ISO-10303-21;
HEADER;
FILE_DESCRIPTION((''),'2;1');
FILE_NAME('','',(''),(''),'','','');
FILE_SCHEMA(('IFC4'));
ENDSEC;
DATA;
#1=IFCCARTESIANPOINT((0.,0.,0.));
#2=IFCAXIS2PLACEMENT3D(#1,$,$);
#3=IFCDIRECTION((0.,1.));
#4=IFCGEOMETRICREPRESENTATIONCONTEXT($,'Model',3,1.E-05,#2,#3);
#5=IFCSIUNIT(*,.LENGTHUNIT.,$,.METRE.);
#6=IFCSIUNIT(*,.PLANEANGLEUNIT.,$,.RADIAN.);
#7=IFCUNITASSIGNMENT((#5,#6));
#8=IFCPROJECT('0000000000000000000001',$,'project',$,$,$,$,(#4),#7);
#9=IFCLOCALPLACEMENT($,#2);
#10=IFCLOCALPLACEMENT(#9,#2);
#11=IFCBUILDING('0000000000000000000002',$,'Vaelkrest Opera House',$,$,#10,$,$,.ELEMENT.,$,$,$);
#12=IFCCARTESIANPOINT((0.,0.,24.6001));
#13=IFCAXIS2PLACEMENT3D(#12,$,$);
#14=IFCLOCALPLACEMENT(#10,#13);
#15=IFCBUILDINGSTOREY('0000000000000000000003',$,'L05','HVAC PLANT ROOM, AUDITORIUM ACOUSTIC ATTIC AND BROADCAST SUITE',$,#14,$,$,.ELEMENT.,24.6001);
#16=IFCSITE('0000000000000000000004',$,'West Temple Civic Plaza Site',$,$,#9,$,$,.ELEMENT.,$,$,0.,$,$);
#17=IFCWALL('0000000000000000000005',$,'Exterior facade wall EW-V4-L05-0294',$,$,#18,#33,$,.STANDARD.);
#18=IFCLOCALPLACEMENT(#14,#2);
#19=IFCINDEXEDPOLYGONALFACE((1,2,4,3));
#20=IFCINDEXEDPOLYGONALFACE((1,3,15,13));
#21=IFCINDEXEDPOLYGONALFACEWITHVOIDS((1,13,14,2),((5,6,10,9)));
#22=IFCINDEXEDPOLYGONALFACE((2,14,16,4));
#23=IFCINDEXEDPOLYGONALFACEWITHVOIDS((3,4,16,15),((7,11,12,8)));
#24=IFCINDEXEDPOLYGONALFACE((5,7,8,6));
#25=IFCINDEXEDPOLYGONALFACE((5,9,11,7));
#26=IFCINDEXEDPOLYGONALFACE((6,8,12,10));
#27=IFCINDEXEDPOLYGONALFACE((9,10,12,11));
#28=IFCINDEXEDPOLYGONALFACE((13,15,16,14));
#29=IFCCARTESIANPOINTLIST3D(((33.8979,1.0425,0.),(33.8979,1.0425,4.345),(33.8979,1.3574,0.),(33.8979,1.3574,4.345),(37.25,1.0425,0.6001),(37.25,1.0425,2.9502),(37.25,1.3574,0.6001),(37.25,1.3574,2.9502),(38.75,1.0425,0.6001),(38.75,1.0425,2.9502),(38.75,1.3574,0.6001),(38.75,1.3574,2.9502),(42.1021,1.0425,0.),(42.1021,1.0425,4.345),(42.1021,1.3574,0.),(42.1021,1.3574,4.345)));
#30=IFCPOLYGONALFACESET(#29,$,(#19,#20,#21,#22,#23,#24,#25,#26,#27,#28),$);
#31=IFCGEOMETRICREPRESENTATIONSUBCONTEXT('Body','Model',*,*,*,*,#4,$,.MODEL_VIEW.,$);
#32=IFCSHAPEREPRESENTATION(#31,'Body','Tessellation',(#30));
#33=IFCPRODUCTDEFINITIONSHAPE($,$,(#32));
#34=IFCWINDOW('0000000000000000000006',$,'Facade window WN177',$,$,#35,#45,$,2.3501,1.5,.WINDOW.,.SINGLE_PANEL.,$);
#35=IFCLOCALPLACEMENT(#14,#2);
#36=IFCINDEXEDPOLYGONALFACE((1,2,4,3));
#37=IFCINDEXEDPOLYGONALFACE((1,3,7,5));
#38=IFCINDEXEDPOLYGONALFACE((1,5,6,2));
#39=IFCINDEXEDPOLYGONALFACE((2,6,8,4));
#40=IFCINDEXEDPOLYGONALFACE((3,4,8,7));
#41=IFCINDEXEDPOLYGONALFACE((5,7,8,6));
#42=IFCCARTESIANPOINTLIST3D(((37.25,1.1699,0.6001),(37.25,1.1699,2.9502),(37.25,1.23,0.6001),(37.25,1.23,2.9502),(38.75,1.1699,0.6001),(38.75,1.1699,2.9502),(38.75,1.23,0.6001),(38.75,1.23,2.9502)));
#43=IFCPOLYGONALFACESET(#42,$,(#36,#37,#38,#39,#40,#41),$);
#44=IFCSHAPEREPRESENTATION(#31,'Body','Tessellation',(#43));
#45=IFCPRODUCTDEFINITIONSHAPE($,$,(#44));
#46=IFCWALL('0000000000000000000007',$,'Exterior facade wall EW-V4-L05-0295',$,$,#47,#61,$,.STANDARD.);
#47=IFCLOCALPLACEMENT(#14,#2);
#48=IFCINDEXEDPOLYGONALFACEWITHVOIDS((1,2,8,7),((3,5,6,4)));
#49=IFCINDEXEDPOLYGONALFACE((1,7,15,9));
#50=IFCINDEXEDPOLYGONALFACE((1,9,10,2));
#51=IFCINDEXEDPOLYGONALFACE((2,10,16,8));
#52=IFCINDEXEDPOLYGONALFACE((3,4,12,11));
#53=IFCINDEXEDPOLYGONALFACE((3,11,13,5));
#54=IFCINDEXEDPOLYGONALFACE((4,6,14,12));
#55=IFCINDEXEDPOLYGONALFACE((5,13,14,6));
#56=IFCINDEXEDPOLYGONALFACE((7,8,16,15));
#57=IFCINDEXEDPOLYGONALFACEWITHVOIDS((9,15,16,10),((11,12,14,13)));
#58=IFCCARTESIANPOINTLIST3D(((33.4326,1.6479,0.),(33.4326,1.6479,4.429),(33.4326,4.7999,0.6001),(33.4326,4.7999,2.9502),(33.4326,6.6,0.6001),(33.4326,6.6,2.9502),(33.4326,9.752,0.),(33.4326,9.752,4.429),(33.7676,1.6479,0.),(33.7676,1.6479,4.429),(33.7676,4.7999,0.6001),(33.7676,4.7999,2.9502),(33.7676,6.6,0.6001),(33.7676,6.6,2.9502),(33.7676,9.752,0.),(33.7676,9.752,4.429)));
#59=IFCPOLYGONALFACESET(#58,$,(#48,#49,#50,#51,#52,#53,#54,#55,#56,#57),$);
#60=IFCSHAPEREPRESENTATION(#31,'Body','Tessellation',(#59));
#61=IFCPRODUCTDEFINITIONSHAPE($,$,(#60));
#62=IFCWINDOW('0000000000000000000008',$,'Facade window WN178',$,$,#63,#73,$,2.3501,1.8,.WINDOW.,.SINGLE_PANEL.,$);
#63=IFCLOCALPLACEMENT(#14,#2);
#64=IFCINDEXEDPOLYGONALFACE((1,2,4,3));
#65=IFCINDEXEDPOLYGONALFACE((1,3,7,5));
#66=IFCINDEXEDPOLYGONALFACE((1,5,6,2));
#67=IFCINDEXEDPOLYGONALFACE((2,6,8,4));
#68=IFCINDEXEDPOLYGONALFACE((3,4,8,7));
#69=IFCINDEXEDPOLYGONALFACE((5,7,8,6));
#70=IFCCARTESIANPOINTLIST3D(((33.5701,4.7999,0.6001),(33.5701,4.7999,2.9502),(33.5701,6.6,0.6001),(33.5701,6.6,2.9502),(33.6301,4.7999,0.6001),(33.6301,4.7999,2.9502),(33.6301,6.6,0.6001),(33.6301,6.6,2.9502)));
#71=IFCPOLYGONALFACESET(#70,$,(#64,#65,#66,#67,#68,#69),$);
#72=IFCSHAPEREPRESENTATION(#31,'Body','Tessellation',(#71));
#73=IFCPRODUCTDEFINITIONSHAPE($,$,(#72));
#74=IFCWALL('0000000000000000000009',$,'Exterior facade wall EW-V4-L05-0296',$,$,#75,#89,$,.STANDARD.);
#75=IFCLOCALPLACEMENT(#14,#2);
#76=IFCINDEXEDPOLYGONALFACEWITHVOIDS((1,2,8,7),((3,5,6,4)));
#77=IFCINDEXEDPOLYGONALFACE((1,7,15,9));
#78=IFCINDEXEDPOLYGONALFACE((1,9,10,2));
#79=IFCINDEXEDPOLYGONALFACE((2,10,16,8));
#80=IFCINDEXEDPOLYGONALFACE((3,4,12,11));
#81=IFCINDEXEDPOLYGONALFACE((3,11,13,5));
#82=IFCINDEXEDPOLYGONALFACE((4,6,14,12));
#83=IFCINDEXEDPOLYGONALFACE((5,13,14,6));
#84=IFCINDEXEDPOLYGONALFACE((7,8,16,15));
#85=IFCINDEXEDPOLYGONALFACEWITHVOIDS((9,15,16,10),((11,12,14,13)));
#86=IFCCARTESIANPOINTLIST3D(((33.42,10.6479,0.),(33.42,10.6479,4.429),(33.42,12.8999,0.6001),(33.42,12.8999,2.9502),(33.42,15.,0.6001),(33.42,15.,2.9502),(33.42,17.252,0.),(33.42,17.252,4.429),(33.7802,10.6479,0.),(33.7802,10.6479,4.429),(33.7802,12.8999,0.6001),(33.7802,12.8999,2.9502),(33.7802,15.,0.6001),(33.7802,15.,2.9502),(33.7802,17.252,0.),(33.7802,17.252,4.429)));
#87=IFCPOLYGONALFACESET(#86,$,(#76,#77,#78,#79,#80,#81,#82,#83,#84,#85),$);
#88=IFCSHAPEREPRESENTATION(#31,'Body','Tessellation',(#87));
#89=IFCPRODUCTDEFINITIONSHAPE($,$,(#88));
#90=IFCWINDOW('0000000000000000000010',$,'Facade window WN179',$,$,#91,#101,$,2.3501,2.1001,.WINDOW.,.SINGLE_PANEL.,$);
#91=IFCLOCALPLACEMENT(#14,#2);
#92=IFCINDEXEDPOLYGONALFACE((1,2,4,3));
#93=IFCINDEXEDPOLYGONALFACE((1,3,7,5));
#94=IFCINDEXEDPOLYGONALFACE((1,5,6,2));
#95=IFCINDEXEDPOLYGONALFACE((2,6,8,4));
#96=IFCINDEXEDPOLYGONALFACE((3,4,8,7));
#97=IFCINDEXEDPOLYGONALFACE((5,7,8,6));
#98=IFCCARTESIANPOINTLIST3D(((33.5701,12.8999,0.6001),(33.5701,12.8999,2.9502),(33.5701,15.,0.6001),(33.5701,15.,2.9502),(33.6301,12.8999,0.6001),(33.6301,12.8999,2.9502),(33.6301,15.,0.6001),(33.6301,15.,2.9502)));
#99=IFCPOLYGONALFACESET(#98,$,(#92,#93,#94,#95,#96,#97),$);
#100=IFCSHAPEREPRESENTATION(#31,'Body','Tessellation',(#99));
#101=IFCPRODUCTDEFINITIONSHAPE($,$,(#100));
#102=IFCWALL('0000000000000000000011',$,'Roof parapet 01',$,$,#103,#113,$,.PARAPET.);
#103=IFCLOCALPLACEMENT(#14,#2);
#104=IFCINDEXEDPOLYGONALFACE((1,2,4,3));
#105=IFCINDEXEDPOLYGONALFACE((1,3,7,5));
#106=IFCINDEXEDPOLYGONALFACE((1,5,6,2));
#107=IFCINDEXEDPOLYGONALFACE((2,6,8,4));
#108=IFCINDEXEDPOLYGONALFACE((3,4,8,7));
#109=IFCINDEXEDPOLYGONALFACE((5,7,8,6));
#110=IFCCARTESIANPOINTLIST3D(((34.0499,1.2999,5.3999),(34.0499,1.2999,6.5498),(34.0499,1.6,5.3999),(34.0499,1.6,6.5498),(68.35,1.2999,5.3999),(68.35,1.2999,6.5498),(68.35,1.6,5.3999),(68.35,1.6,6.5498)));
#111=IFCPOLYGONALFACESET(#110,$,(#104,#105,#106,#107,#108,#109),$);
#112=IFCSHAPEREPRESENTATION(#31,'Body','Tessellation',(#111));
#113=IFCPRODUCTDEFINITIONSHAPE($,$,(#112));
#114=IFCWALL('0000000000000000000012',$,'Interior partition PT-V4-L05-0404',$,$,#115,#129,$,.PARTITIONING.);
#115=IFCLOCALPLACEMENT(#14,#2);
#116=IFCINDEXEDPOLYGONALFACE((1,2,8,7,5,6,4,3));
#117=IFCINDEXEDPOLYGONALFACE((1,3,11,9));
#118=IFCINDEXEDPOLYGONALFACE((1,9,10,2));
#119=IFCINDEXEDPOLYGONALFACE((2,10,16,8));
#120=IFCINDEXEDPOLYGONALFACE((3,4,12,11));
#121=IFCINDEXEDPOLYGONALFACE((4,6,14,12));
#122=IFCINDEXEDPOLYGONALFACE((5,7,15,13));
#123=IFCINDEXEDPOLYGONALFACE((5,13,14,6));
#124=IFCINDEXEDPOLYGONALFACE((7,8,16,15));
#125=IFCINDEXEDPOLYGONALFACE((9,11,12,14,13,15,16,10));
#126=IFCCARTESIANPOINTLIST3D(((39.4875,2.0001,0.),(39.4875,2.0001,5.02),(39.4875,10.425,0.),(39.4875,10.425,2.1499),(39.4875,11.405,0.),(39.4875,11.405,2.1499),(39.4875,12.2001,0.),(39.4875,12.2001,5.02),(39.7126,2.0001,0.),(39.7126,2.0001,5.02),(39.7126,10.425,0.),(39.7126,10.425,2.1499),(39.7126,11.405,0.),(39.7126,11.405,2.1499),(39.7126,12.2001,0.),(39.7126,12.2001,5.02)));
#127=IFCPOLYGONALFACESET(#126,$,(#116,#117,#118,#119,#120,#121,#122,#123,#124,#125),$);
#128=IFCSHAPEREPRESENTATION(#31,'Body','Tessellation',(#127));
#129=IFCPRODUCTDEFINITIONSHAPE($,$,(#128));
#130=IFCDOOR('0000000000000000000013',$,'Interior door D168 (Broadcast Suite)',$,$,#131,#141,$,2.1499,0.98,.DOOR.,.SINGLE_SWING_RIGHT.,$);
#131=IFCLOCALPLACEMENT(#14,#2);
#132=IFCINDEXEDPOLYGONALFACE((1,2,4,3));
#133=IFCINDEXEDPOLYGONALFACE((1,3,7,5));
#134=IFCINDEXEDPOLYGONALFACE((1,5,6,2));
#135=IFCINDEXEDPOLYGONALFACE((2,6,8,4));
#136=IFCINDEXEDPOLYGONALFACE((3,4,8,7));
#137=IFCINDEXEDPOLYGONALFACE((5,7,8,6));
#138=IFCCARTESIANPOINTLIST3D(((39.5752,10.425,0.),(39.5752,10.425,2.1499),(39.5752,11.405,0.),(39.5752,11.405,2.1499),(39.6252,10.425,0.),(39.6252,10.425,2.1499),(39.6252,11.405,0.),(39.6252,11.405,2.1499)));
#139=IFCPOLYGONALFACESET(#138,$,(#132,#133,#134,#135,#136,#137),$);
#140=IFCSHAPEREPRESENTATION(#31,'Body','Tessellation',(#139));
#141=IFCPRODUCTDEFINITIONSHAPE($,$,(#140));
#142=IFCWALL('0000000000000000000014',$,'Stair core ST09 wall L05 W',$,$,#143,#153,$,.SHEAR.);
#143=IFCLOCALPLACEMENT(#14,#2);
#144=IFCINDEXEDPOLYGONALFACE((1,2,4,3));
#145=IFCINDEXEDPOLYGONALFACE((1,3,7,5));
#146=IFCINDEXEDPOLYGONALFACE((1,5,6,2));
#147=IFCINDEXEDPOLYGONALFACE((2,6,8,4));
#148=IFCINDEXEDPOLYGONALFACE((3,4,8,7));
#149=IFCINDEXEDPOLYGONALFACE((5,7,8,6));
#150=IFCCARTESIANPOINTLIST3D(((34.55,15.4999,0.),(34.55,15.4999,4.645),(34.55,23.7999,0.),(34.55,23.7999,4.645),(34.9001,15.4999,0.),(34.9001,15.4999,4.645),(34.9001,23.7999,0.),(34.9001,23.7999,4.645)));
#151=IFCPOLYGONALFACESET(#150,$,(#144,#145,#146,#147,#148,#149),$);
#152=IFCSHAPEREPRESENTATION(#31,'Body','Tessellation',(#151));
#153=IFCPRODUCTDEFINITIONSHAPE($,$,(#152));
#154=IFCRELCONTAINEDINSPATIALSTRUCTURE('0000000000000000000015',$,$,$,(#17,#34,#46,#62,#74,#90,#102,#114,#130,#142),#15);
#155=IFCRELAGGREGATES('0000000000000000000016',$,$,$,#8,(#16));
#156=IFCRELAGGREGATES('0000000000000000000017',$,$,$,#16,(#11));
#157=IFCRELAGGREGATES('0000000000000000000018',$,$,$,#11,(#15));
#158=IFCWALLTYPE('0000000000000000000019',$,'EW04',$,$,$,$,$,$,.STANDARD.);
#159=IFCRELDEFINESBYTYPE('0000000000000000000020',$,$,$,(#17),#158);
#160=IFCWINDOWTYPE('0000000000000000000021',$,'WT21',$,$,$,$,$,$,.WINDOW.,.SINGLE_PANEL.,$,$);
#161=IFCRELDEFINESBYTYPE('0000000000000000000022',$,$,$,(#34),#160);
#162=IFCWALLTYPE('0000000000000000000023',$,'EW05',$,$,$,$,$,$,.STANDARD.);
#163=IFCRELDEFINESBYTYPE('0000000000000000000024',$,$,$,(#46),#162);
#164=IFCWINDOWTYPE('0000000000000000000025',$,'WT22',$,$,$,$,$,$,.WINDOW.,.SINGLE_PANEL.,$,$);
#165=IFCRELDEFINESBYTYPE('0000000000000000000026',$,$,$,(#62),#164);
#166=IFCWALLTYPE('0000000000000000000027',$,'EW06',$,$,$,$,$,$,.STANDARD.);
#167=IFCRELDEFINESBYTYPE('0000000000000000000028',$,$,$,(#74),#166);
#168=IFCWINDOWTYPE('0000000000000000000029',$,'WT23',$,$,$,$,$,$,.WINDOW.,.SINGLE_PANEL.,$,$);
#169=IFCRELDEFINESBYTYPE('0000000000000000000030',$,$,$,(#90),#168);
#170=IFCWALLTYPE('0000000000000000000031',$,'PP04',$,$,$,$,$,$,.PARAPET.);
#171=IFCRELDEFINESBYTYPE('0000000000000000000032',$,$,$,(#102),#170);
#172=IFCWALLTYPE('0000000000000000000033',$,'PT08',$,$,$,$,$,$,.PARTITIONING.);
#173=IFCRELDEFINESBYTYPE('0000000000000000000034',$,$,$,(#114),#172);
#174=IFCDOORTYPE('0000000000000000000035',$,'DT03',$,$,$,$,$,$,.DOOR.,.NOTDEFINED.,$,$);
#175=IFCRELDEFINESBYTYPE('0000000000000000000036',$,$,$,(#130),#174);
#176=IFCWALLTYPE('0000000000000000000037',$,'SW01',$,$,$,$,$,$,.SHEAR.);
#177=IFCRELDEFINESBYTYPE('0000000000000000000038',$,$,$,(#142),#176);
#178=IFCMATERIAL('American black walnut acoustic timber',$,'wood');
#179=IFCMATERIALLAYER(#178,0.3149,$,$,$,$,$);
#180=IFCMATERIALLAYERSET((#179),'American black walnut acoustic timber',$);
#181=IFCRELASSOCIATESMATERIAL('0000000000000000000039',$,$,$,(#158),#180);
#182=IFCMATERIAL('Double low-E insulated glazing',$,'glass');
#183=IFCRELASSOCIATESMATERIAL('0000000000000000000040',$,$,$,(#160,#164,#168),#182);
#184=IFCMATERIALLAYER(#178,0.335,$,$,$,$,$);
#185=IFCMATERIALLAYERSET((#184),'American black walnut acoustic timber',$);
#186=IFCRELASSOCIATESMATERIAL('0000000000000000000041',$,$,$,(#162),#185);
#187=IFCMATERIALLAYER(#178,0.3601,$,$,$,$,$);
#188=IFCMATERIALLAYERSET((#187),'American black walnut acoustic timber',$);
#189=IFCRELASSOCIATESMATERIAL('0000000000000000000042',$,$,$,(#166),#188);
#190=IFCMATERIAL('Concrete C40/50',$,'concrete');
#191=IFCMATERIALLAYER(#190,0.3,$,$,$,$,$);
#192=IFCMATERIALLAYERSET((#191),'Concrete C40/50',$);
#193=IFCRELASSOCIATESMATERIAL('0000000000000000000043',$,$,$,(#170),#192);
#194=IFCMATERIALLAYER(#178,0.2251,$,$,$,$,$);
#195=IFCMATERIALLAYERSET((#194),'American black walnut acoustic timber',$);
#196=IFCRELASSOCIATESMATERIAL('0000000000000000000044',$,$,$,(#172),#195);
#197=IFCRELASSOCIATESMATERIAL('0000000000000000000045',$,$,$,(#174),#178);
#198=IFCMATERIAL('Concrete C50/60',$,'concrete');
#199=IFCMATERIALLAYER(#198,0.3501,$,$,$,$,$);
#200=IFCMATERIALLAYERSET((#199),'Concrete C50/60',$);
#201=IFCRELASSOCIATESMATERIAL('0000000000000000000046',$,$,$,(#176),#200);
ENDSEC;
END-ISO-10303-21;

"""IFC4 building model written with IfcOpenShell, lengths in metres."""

from ifc_helpers import new_model, si_unit, direction, frame, frame_2d, origin, place, context, subcontext, project, spatial, rectangle, extrude, material, layer, layer_set, type_object, element, fill, save


model = new_model("IFC4")

# Units and contexts
model_context = context("Model", 3, precision=1e-05, world=origin(), true_north=direction((0.0, 1.0)))
body_context = subcontext(model_context, "Body", "Model", "MODEL_VIEW")
ifc_project = project(units=[si_unit("LENGTHUNIT", "METRE"), si_unit("PLANEANGLEUNIT", "RADIAN")], contexts=[model_context])

# Site, building, storey
site_placement = place(None, origin())
site = spatial("IfcSite", under=ifc_project, at=site_placement, Name="West Temple Civic Plaza Site", CompositionType="ELEMENT", RefElevation=0.0)
building_placement = place(site_placement, origin())
building = spatial("IfcBuilding", under=site, at=building_placement, Name="Vaelkrest Opera House", CompositionType="ELEMENT")
storey_placement = place(building_placement, frame((0.0, 0.0, 24.6001)))
storey = spatial("IfcBuildingStorey", under=building, at=storey_placement, Name="L05", Description="HVAC PLANT ROOM, AUDITORIUM ACOUSTIC ATTIC AND BROADCAST SUITE", CompositionType="ELEMENT", Elevation=24.6001)

# Shared definitions
ifc_material_1 = material(Name="Concrete C50/60", Category="concrete")

# Walls, openings, windows
ifc_material_2 = material(Name="American black walnut acoustic timber", Category="wood")
ifc_layer_1 = layer(ifc_material_2, 0.3149)
ifc_layer_set_1 = layer_set([ifc_layer_1], Name="American black walnut acoustic timber")
wall_type_1 = type_object("IfcWallType", Name="EW04", PredefinedType="STANDARD", material=ifc_layer_set_1)
wall_1_placement = place(storey_placement, frame((42.1021, 1.2, 0.0), z_axis=(0.0, 0.0, 1.0), x_axis=(-1.0, 0.0, 0.0)))
wall_1 = element("IfcWall", 1, at=wall_1_placement, inside=storey, type_object=wall_type_1, Name="Exterior facade wall EW-V4-L05-0294", PredefinedType="STANDARD", context=body_context, shape_type="SweptSolid", body=[
    extrude(rectangle(XDim=8.2041, YDim=0.3149, at=frame_2d((4.1021, 0.0))), origin(), (0.0, 0.0, 1.0), 4.345),
])
opening_1_placement = place(wall_1_placement, frame((3.3521, 0.0, 0.6001)))
opening_1 = element("IfcOpeningElement", 2, at=opening_1_placement, cuts=wall_1, PredefinedType="OPENING", context=body_context, shape_type="SweptSolid", body=[
    extrude(rectangle(XDim=1.5, YDim=2.3501, at=frame_2d((0.75, 1.175))), frame((0.0, 0.1675, 0.0), z_axis=(0.0, -1.0, 0.0), x_axis=(1.0, 0.0, 0.0)), (0.0, 0.0, 1.0), 0.335),
])
ifc_material_3 = material(Name="Double low-E insulated glazing", Category="glass")
window_type_1 = type_object("IfcWindowType", Name="WT21", PartitioningType="SINGLE_PANEL", PredefinedType="WINDOW", material=ifc_material_3)
window_1_placement = place(opening_1_placement, origin())
window_1 = element("IfcWindow", 3, at=window_1_placement, inside=storey, type_object=window_type_1, Name="Facade window WN177", OverallHeight=2.3501, OverallWidth=1.5, PartitioningType="SINGLE_PANEL", PredefinedType="WINDOW", context=body_context, shape_type="SweptSolid", body=[
    extrude(rectangle(XDim=1.5, YDim=2.3501, at=frame_2d((0.75, 1.175))), frame((0.0, 0.03, 0.0), z_axis=(0.0, -1.0, 0.0), x_axis=(1.0, 0.0, 0.0)), (0.0, 0.0, 1.0), 0.0601),
])
fill(opening_1, window_1)
ifc_layer_2 = layer(ifc_material_2, 0.335)
ifc_layer_set_2 = layer_set([ifc_layer_2], Name="American black walnut acoustic timber")
wall_type_2 = type_object("IfcWallType", Name="EW05", PredefinedType="STANDARD", material=ifc_layer_set_2)
wall_2_placement = place(storey_placement, frame((33.6001, 1.6479, 0.0), z_axis=(0.0, 0.0, 1.0), x_axis=(0.0, 1.0, 0.0)))
wall_2 = element("IfcWall", 4, at=wall_2_placement, inside=storey, type_object=wall_type_2, Name="Exterior facade wall EW-V4-L05-0295", PredefinedType="STANDARD", context=body_context, shape_type="SweptSolid", body=[
    extrude(rectangle(XDim=8.104, YDim=0.335, at=frame_2d((4.052, 0.0))), origin(), (0.0, 0.0, 1.0), 4.429),
])
opening_2_placement = place(wall_2_placement, frame((3.1521, 0.0, 0.6001)))
opening_2 = element("IfcOpeningElement", 5, at=opening_2_placement, cuts=wall_2, PredefinedType="OPENING", context=body_context, shape_type="SweptSolid", body=[
    extrude(rectangle(XDim=1.8, YDim=2.3501, at=frame_2d((0.8999, 1.175))), frame((0.0, 0.1775, 0.0), z_axis=(0.0, -1.0, 0.0), x_axis=(1.0, 0.0, 0.0)), (0.0, 0.0, 1.0), 0.355),
])
window_type_2 = type_object("IfcWindowType", Name="WT22", PartitioningType="SINGLE_PANEL", PredefinedType="WINDOW", material=ifc_material_3)
window_2_placement = place(opening_2_placement, origin())
window_2 = element("IfcWindow", 6, at=window_2_placement, inside=storey, type_object=window_type_2, Name="Facade window WN178", OverallHeight=2.3501, OverallWidth=1.8, PartitioningType="SINGLE_PANEL", PredefinedType="WINDOW", context=body_context, shape_type="SweptSolid", body=[
    extrude(rectangle(XDim=1.8, YDim=2.3501, at=frame_2d((0.8999, 1.175))), frame((0.0, 0.03, 0.0), z_axis=(0.0, -1.0, 0.0), x_axis=(1.0, 0.0, 0.0)), (0.0, 0.0, 1.0), 0.0601),
])
fill(opening_2, window_2)
ifc_layer_3 = layer(ifc_material_2, 0.3601)
ifc_layer_set_3 = layer_set([ifc_layer_3], Name="American black walnut acoustic timber")
wall_type_3 = type_object("IfcWallType", Name="EW06", PredefinedType="STANDARD", material=ifc_layer_set_3)
wall_3_placement = place(storey_placement, frame((33.6001, 10.6479, 0.0), z_axis=(0.0, 0.0, 1.0), x_axis=(0.0, 1.0, 0.0)))
wall_3 = element("IfcWall", 7, at=wall_3_placement, inside=storey, type_object=wall_type_3, Name="Exterior facade wall EW-V4-L05-0296", PredefinedType="STANDARD", context=body_context, shape_type="SweptSolid", body=[
    extrude(rectangle(XDim=6.604, YDim=0.3601, at=frame_2d((3.302, 0.0))), origin(), (0.0, 0.0, 1.0), 4.429),
])
opening_3_placement = place(wall_3_placement, frame((2.252, 0.0, 0.6001)))
opening_3 = element("IfcOpeningElement", 8, at=opening_3_placement, cuts=wall_3, PredefinedType="OPENING", context=body_context, shape_type="SweptSolid", body=[
    extrude(rectangle(XDim=2.1001, YDim=2.3501, at=frame_2d((1.05, 1.175))), frame((0.0, 0.1899, 0.0), z_axis=(0.0, -1.0, 0.0), x_axis=(1.0, 0.0, 0.0)), (0.0, 0.0, 1.0), 0.3801),
])
window_type_3 = type_object("IfcWindowType", Name="WT23", PartitioningType="SINGLE_PANEL", PredefinedType="WINDOW", material=ifc_material_3)
window_3_placement = place(opening_3_placement, origin())
window_3 = element("IfcWindow", 9, at=window_3_placement, inside=storey, type_object=window_type_3, Name="Facade window WN179", OverallHeight=2.3501, OverallWidth=2.1001, PartitioningType="SINGLE_PANEL", PredefinedType="WINDOW", context=body_context, shape_type="SweptSolid", body=[
    extrude(rectangle(XDim=2.1001, YDim=2.3501, at=frame_2d((1.05, 1.175))), frame((0.0, 0.03, 0.0), z_axis=(0.0, -1.0, 0.0), x_axis=(1.0, 0.0, 0.0)), (0.0, 0.0, 1.0), 0.0601),
])
fill(opening_3, window_3)

# Wall
ifc_material_4 = material(Name="Concrete C40/50", Category="concrete")
ifc_layer_4 = layer(ifc_material_4, 0.3)
ifc_layer_set_4 = layer_set([ifc_layer_4], Name="Concrete C40/50")
wall_type_4 = type_object("IfcWallType", Name="PP04", PredefinedType="PARAPET", material=ifc_layer_set_4)
wall_4_placement = place(storey_placement, frame((34.05, 1.45, 5.3999), z_axis=(0.0, 0.0, 1.0), x_axis=(1.0, 0.0, 0.0)))
element("IfcWall", 10, at=wall_4_placement, inside=storey, type_object=wall_type_4, Name="Roof parapet 01", PredefinedType="PARAPET", context=body_context, shape_type="SweptSolid", body=[
    extrude(rectangle(XDim=34.3, YDim=0.3, at=frame_2d((17.1499, 0.0))), origin(), (0.0, 0.0, 1.0), 1.1499),
])

# Wall, opening, door
ifc_layer_5 = layer(ifc_material_2, 0.2251)
ifc_layer_set_5 = layer_set([ifc_layer_5], Name="American black walnut acoustic timber")
wall_type_5 = type_object("IfcWallType", Name="PT08", PredefinedType="PARTITIONING", material=ifc_layer_set_5)
wall_5_placement = place(storey_placement, frame((39.6001, 2.0, 0.0), z_axis=(0.0, 0.0, 1.0), x_axis=(0.0, 1.0, 0.0)))
wall_5 = element("IfcWall", 11, at=wall_5_placement, inside=storey, type_object=wall_type_5, Name="Interior partition PT-V4-L05-0404", PredefinedType="PARTITIONING", context=body_context, shape_type="SweptSolid", body=[
    extrude(rectangle(XDim=10.2, YDim=0.2251, at=frame_2d((5.1001, 0.0))), origin(), (0.0, 0.0, 1.0), 5.02),
])
opening_4_placement = place(wall_5_placement, frame((8.425, 0.0, 0.0)))
opening_4 = element("IfcOpeningElement", 12, at=opening_4_placement, cuts=wall_5, PredefinedType="OPENING", context=body_context, shape_type="SweptSolid", body=[
    extrude(rectangle(XDim=0.98, YDim=2.1499, at=frame_2d((0.49, 1.075))), frame((0.0, 0.1226, 0.0), z_axis=(0.0, -1.0, 0.0), x_axis=(1.0, 0.0, 0.0)), (0.0, 0.0, 1.0), 0.2451),
])
door_type_1 = type_object("IfcDoorType", Name="DT03", OperationType="NOTDEFINED", PredefinedType="DOOR", material=ifc_material_2)
door_1_placement = place(opening_4_placement, origin())
door_1 = element("IfcDoor", 13, at=door_1_placement, inside=storey, type_object=door_type_1, Name="Interior door D168 (Broadcast Suite)", OperationType="SINGLE_SWING_RIGHT", OverallHeight=2.1499, OverallWidth=0.98, PredefinedType="DOOR", context=body_context, shape_type="SweptSolid", body=[
    extrude(rectangle(XDim=0.98, YDim=2.1499, at=frame_2d((0.49, 1.075))), frame((0.0, 0.0249, 0.0), z_axis=(0.0, -1.0, 0.0), x_axis=(1.0, 0.0, 0.0)), (0.0, 0.0, 1.0), 0.05),
])
fill(opening_4, door_1)
ifc_layer_6 = layer(ifc_material_1, 0.3501)
ifc_layer_set_6 = layer_set([ifc_layer_6], Name="Concrete C50/60")
wall_type_6 = type_object("IfcWallType", Name="SW01", PredefinedType="SHEAR", material=ifc_layer_set_6)

# Wall
wall_6_placement = place(storey_placement, frame((34.7251, 15.5, 0.0), z_axis=(0.0, 0.0, 1.0), x_axis=(0.0, 1.0, 0.0)))
element("IfcWall", 14, at=wall_6_placement, inside=storey, type_object=wall_type_6, Name="Stair core ST09 wall L05 W", PredefinedType="SHEAR", context=body_context, shape_type="SweptSolid", body=[
    extrude(rectangle(XDim=8.3, YDim=0.3501, at=frame_2d((4.1499, 0.0))), origin(), (0.0, 0.0, 1.0), 4.645),
])

save(model, "model.ifc")
